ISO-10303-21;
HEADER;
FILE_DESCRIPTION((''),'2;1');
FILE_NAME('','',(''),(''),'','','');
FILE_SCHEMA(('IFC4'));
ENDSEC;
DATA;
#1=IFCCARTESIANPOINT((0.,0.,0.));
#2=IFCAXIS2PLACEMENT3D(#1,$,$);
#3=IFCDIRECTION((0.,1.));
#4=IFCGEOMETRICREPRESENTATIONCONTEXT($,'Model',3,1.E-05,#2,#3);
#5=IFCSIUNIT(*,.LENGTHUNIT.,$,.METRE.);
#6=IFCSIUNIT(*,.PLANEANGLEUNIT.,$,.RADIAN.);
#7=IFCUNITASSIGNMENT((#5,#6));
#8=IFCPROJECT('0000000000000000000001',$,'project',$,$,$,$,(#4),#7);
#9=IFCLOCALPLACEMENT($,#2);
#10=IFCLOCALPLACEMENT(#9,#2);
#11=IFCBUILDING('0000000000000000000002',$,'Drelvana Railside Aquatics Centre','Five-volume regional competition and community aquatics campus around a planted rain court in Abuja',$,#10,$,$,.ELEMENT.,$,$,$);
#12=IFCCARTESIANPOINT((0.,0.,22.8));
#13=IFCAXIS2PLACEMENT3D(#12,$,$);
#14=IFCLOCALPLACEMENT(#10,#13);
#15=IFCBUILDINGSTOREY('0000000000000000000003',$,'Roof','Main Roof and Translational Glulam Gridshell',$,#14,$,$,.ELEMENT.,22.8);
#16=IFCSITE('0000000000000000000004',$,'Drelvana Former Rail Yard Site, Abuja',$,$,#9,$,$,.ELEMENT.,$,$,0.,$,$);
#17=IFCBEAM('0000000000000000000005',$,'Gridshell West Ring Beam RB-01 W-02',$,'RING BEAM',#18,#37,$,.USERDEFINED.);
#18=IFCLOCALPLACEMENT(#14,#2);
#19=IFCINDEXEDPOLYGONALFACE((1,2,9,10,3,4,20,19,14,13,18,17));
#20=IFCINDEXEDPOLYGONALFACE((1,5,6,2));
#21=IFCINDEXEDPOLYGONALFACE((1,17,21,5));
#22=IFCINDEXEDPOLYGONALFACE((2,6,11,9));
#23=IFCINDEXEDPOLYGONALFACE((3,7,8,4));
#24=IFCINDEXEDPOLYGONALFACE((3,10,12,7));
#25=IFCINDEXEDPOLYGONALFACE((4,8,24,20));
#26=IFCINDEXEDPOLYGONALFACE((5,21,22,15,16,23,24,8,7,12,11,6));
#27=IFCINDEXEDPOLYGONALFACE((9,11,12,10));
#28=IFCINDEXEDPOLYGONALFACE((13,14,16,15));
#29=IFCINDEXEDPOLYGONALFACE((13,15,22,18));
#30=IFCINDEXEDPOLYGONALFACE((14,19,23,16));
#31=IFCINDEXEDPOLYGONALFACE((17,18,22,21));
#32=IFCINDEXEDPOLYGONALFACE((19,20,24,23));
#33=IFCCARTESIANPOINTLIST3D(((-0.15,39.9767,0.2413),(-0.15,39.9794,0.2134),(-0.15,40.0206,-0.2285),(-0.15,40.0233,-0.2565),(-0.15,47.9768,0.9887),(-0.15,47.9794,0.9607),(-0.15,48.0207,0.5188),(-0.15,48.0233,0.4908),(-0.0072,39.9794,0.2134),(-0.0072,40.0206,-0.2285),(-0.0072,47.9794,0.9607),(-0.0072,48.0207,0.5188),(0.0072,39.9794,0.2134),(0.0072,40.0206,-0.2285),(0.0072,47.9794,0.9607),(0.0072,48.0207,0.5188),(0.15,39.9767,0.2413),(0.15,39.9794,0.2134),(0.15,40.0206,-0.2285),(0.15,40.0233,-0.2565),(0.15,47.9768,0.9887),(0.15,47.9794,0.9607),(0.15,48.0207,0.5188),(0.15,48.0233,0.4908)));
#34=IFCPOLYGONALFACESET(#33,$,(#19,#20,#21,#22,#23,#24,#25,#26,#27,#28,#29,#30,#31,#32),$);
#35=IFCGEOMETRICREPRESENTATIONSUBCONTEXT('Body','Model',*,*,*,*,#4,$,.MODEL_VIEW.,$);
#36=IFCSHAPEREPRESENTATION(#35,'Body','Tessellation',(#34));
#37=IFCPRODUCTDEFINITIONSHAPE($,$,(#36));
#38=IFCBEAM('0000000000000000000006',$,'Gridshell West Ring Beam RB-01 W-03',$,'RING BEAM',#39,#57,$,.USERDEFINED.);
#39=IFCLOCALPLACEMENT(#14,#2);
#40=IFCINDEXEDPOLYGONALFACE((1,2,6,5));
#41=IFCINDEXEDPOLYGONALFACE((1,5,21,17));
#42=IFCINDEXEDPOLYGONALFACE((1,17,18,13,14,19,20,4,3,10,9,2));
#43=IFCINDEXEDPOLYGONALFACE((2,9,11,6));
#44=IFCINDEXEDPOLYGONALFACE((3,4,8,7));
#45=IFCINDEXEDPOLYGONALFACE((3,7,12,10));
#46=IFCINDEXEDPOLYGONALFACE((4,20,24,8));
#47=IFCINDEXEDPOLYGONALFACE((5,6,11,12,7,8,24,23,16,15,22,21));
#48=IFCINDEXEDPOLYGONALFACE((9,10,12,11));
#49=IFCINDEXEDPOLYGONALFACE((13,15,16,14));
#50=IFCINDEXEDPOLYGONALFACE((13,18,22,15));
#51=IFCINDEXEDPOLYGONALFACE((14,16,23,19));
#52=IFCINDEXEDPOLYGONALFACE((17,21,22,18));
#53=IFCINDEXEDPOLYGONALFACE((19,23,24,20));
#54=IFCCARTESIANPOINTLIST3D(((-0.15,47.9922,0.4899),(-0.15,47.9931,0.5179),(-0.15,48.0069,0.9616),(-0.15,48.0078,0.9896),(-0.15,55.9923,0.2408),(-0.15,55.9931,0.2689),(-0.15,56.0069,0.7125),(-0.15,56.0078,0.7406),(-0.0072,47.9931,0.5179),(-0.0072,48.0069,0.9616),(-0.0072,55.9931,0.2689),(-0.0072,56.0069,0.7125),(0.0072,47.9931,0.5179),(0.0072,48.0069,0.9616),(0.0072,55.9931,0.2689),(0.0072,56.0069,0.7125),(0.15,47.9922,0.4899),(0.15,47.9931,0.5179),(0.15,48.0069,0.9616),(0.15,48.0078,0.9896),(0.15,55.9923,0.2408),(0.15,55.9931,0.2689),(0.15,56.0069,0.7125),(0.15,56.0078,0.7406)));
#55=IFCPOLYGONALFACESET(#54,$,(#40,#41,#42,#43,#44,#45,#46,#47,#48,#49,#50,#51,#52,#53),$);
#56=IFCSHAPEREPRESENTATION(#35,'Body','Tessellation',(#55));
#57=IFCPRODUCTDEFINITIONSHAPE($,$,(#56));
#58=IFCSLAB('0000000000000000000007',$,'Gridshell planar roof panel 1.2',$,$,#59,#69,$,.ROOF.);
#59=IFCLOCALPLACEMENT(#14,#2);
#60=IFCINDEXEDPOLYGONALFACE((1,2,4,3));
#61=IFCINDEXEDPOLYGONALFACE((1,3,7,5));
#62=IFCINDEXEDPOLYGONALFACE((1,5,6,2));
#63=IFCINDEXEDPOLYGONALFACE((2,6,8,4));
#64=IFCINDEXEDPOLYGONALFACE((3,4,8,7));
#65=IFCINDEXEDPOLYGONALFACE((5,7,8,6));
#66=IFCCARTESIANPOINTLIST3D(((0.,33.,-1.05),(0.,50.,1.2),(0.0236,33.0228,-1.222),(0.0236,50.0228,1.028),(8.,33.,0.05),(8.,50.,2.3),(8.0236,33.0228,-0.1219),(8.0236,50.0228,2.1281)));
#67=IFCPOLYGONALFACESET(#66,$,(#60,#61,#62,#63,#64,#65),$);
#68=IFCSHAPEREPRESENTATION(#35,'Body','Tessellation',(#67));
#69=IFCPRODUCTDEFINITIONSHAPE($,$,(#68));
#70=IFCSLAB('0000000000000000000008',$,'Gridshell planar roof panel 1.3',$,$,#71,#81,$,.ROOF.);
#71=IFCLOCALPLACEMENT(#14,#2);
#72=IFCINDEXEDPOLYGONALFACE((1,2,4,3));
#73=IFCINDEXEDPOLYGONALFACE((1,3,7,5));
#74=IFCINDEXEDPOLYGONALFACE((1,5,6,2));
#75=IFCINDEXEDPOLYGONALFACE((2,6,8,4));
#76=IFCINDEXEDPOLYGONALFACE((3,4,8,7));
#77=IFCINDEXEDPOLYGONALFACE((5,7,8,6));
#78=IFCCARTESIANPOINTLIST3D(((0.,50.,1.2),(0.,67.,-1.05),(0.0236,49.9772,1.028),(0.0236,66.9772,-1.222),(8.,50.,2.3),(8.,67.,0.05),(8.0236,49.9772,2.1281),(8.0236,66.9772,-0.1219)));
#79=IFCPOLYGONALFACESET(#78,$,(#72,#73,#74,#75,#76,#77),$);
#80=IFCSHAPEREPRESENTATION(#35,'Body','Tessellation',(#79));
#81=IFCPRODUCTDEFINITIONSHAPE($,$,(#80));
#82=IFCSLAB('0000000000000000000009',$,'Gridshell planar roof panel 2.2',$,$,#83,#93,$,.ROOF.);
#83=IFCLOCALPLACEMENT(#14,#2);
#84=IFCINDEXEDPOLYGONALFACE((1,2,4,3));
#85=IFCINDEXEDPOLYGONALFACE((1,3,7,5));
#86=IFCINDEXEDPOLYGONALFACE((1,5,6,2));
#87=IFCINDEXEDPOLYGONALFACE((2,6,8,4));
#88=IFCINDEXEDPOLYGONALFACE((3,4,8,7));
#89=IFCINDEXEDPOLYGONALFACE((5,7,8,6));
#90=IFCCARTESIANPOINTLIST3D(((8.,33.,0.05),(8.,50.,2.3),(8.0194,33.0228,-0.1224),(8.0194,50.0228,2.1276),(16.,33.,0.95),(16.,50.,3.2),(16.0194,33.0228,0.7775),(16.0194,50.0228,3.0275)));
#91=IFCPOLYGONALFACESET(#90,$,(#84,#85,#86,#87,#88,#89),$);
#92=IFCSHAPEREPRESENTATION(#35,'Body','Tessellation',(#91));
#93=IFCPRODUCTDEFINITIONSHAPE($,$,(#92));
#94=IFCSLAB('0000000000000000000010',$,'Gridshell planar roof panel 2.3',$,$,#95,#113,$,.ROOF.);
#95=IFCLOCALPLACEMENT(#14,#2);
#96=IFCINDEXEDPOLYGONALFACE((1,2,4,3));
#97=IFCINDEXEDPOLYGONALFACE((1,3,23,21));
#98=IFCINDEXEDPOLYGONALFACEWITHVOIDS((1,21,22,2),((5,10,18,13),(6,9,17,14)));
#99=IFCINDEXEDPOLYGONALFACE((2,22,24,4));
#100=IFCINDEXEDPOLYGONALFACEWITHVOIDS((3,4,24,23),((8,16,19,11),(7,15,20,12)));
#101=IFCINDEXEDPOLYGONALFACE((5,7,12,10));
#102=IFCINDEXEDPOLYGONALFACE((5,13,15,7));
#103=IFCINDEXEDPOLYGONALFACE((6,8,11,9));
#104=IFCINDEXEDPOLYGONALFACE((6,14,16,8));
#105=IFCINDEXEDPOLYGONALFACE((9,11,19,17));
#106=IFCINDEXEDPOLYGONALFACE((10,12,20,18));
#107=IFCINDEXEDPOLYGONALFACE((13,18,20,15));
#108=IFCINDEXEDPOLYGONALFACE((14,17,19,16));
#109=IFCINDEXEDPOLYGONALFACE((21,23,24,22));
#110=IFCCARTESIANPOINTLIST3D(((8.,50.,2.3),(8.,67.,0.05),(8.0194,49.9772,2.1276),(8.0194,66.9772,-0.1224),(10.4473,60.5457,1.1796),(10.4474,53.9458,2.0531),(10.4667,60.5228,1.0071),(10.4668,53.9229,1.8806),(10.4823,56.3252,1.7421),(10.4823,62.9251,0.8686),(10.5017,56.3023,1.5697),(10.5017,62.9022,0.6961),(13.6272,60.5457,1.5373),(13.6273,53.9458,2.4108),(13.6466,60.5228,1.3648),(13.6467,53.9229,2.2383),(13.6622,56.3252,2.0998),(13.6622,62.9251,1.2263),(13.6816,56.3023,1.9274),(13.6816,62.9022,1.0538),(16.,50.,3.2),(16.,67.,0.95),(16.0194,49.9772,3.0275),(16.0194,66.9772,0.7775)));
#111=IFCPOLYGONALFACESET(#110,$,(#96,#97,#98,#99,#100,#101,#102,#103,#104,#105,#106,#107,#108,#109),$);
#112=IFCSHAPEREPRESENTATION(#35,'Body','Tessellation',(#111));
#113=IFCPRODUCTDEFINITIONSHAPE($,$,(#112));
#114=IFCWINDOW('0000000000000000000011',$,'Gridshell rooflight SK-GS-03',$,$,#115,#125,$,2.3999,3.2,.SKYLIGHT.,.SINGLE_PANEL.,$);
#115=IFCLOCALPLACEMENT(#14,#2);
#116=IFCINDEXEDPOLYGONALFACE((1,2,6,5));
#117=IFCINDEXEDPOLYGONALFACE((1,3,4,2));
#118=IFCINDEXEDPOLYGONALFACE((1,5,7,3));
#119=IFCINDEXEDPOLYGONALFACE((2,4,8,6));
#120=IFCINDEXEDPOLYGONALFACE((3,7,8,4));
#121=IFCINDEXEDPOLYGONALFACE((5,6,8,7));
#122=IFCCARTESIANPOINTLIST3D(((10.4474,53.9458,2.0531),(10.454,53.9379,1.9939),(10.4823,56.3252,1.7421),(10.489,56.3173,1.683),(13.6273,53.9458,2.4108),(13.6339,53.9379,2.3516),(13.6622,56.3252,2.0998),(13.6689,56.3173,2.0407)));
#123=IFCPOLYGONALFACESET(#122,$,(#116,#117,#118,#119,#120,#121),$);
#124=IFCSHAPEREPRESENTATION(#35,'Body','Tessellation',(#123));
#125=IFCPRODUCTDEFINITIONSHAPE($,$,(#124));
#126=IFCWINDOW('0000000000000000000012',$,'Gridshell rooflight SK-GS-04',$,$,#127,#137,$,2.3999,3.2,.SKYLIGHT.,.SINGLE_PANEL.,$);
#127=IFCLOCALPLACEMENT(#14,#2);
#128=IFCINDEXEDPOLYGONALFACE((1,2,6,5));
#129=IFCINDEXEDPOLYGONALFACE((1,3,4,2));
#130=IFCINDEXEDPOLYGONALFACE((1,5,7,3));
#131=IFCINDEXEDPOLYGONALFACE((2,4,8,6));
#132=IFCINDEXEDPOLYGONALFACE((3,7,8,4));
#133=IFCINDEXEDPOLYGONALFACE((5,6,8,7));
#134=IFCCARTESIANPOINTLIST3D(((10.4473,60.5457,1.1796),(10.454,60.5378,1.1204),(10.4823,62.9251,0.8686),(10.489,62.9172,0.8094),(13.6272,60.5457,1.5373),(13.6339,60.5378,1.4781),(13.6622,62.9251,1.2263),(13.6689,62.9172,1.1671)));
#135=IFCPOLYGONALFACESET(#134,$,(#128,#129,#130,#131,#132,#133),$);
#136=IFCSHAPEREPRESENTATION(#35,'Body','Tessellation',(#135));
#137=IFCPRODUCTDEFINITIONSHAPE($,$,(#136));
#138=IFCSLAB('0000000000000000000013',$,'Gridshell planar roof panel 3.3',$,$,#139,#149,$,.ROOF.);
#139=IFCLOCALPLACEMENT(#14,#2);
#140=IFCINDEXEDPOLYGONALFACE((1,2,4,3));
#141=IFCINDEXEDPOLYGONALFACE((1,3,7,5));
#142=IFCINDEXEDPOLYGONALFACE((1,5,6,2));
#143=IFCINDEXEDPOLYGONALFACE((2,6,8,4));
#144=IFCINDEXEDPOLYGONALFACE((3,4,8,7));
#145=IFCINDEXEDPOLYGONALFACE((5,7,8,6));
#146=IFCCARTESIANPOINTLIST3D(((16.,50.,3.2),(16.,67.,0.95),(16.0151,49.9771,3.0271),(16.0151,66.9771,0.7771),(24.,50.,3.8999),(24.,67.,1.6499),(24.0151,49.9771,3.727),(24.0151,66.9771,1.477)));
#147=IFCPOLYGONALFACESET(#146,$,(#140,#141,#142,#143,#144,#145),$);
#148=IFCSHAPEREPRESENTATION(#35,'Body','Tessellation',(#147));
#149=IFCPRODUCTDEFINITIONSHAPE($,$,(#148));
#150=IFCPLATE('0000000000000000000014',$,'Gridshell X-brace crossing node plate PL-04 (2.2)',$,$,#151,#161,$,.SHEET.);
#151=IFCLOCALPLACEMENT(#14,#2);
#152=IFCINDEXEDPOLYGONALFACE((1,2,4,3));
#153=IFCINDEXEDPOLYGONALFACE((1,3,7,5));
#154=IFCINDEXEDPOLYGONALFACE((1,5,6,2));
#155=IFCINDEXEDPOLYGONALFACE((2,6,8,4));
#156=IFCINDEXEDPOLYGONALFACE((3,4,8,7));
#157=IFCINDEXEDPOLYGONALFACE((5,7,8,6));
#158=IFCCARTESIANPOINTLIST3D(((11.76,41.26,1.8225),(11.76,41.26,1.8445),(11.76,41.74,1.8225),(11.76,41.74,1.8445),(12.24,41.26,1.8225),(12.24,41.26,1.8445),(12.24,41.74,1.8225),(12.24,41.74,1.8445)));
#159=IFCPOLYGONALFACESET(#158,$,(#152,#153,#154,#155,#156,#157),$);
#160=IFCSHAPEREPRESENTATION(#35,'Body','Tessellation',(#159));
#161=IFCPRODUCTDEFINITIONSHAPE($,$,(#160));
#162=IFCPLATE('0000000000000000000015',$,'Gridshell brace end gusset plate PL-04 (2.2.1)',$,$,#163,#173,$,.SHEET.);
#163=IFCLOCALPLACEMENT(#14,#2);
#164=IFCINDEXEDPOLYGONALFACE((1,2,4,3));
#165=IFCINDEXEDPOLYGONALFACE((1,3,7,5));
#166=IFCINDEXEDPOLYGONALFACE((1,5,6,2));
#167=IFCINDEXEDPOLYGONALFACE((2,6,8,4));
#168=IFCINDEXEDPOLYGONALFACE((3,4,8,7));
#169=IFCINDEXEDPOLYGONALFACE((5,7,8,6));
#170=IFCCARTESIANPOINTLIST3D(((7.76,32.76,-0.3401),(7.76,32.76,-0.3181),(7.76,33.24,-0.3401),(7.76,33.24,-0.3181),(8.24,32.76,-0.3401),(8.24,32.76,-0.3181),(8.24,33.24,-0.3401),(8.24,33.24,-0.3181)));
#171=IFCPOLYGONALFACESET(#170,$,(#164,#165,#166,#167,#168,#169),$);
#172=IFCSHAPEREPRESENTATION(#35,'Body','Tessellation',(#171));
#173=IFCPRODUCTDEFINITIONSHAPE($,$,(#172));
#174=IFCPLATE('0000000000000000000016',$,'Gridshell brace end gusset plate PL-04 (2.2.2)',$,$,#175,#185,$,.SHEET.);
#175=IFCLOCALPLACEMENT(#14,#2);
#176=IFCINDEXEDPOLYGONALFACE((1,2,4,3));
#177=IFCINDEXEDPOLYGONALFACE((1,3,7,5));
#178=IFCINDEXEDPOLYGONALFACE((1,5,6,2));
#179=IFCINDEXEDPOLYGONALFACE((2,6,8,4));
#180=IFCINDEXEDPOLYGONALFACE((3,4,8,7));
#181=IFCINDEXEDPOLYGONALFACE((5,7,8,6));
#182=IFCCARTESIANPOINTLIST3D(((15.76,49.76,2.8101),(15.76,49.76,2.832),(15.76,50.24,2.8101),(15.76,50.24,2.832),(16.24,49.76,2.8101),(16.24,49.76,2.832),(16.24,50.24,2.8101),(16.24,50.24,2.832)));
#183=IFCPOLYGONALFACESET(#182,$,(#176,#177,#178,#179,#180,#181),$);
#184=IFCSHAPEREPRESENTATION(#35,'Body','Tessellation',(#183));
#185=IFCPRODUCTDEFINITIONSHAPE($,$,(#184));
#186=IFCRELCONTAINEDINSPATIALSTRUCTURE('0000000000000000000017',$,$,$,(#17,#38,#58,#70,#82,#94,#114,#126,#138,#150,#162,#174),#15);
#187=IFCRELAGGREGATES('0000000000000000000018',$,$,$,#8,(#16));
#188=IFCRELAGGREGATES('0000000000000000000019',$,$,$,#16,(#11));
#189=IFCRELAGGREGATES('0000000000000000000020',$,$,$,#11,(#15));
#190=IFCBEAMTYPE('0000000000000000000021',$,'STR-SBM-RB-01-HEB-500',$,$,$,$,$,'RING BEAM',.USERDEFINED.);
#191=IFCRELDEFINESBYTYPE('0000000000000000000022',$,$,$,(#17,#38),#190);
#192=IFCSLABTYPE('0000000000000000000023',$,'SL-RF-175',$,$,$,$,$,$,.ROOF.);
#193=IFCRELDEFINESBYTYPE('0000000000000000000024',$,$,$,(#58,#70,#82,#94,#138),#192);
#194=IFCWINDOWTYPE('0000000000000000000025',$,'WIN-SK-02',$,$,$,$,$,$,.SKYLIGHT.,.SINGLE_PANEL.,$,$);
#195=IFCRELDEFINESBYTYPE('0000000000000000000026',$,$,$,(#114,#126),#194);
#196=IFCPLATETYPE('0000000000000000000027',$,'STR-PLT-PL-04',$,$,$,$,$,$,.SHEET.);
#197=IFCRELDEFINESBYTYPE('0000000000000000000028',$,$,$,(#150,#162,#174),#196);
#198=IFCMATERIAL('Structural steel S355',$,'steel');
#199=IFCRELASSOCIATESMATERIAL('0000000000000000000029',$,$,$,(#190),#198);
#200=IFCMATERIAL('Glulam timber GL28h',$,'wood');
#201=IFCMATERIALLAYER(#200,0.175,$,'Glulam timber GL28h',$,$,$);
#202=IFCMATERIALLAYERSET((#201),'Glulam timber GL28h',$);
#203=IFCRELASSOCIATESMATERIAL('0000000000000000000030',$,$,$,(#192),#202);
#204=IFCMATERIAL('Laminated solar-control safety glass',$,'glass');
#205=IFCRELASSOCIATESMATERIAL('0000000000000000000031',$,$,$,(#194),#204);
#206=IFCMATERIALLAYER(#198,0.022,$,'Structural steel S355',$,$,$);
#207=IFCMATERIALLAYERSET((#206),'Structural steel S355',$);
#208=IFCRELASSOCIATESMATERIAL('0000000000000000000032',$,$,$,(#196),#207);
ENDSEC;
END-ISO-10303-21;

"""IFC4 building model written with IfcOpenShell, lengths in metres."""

from ifc_helpers import new_model, si_unit, direction, frame, origin, origin_2d, place, context, subcontext, project, spatial, polyline, rectangle, i_section, outline, extrude, material, layer, layer_set, material_profile, profile_set, type_object, element, fill, save


model = new_model("IFC4")

# Units and contexts
model_context = context("Model", 3, precision=1e-05, world=origin(), true_north=direction((0.0, 1.0)))
body_context = subcontext(model_context, "Body", "Model", "MODEL_VIEW")
ifc_project = project(units=[si_unit("LENGTHUNIT", "METRE"), si_unit("PLANEANGLEUNIT", "RADIAN")], contexts=[model_context])

# Site, building, storey
site_placement = place(None, origin())
site = spatial("IfcSite", under=ifc_project, at=site_placement, Name="Drelvana Former Rail Yard Site, Abuja", CompositionType="ELEMENT", RefElevation=0.0)
building_placement = place(site_placement, origin())
building = spatial("IfcBuilding", under=site, at=building_placement, Name="Drelvana Railside Aquatics Centre", Description="Five-volume regional competition and community aquatics campus around a planted rain court in Abuja", CompositionType="ELEMENT")
storey_placement = place(building_placement, frame((0.0, 0.0, 22.8)))
storey = spatial("IfcBuildingStorey", under=building, at=storey_placement, Name="Roof", Description="Main Roof and Translational Glulam Gridshell", CompositionType="ELEMENT", Elevation=22.8)

# Shared definitions
ifc_material_1 = material(Name="Glulam timber GL28h", Category="wood")

# Beams
ifc_material_2 = material(Name="Structural steel S355", Category="steel")
ifc_material_profile_1 = material_profile(ifc_material_2, i_section(OverallWidth=0.3, OverallDepth=0.5, WebThickness=0.0144, FlangeThickness=0.0281, at=origin_2d()), Name="HEB 500")
ifc_profile_set_1 = profile_set([ifc_material_profile_1], Name="Structural steel S355")
beam_type_1 = type_object("IfcBeamType", Name="STR-SBM-RB-01-HEB-500", ElementType="RING BEAM", PredefinedType="USERDEFINED", material=ifc_profile_set_1)
beam_1_placement = place(storey_placement, frame((0.0, 40.0, -0.0076), z_axis=(0.0, 0.995665, 0.093009), x_axis=(-1.0, 0.0, 0.0)))
element("IfcBeam", 1, at=beam_1_placement, inside=storey, type_object=beam_type_1, Name="Gridshell West Ring Beam RB-01 W-02", ObjectType="RING BEAM", PredefinedType="USERDEFINED", context=body_context, shape_type="SweptSolid", body=[
    extrude(i_section(OverallWidth=0.3, OverallDepth=0.5, WebThickness=0.0144, FlangeThickness=0.0281, at=origin_2d()), origin(), (0.0, 0.0, 1.0), 8.0349),
])
beam_2_placement = place(storey_placement, frame((0.0, 48.0, 0.7397), z_axis=(0.0, 0.999516, -0.031113), x_axis=(-1.0, 0.0, 0.0)))
element("IfcBeam", 2, at=beam_2_placement, inside=storey, type_object=beam_type_1, Name="Gridshell West Ring Beam RB-01 W-03", ObjectType="RING BEAM", PredefinedType="USERDEFINED", context=body_context, shape_type="SweptSolid", body=[
    extrude(i_section(OverallWidth=0.3, OverallDepth=0.5, WebThickness=0.0144, FlangeThickness=0.0281, at=origin_2d()), origin(), (0.0, 0.0, 1.0), 8.0039),
])

# Slabs
ifc_layer_1 = layer(ifc_material_1, 0.175, Name="Glulam timber GL28h")
ifc_layer_set_1 = layer_set([ifc_layer_1], Name="Glulam timber GL28h")
slab_type = type_object("IfcSlabType", Name="SL-RF-175", PredefinedType="ROOF", material=ifc_layer_set_1)
slab_1_placement = place(storey_placement, frame((0.0, 33.0, -1.05), z_axis=(-0.135074, -0.130006, 0.98227), x_axis=(0.990677, 0.0, 0.13623)))
element("IfcSlab", 3, at=slab_1_placement, inside=storey, type_object=slab_type, Name="Gridshell planar roof panel 1.2", PredefinedType="ROOF", context=body_context, shape_type="SweptSolid", body=[
    extrude(outline(polyline([(0.0, 0.0), (8.0753, 0.0), (8.3818, 17.1455), (0.3065, 17.1455), (0.0, 0.0)])), origin(), (0.0, 0.0, -1.0), 0.175),
])
slab_2_placement = place(storey_placement, frame((0.0, 50.0, 1.2), z_axis=(-0.135074, 0.130006, 0.98227), x_axis=(0.990677, 0.0, 0.13623)))
element("IfcSlab", 4, at=slab_2_placement, inside=storey, type_object=slab_type, Name="Gridshell planar roof panel 1.3", PredefinedType="ROOF", context=body_context, shape_type="SweptSolid", body=[
    extrude(outline(polyline([(0.0, 0.0), (8.0753, 0.0), (7.7688, 17.1455), (-0.3065, 17.1455), (0.0, 0.0)])), origin(), (0.0, 0.0, -1.0), 0.175),
])
slab_3_placement = place(storey_placement, frame((8.0, 33.0, 0.05), z_axis=(-0.110828, -0.1304, 0.985248), x_axis=(0.993733, 0.0, 0.111783)))
element("IfcSlab", 5, at=slab_3_placement, inside=storey, type_object=slab_type, Name="Gridshell planar roof panel 2.2", PredefinedType="ROOF", context=body_context, shape_type="SweptSolid", body=[
    extrude(outline(polyline([(0.0, 0.0), (8.0505, 0.0), (8.302, 17.1464), (0.2515, 17.1464), (0.0, 0.0)])), origin(), (0.0, 0.0, -1.0), 0.175),
])

# Slab, openings, windows
slab_4_placement = place(storey_placement, frame((8.0, 50.0, 2.3), z_axis=(-0.110828, 0.1304, 0.985248), x_axis=(0.993733, 0.0, 0.111783)))
slab_4 = element("IfcSlab", 6, at=slab_4_placement, inside=storey, type_object=slab_type, Name="Gridshell planar roof panel 2.3", PredefinedType="ROOF", context=body_context, shape_type="SweptSolid", body=[
    extrude(outline(polyline([(0.0, 0.0), (8.0505, 0.0), (7.7989, 17.1464), (-0.2515, 17.1464), (0.0, 0.0)])), origin(), (0.0, 0.0, -1.0), 0.175),
])
opening_1_placement = place(slab_4_placement, frame((4.0044, 5.1797, 0.01)))
opening_1 = element("IfcOpeningElement", 7, at=opening_1_placement, cuts=slab_4, PredefinedType="OPENING", context=body_context, shape_type="SweptSolid", body=[
    extrude(rectangle(XDim=3.2, YDim=2.3999, at=origin_2d()), origin(), (0.0, 0.0, -1.0), 0.1951),
])
opening_2_placement = place(slab_4_placement, frame((3.9067, 11.8364, 0.01)))
opening_2 = element("IfcOpeningElement", 8, at=opening_2_placement, cuts=slab_4, PredefinedType="OPENING", context=body_context, shape_type="SweptSolid", body=[
    extrude(rectangle(XDim=3.2, YDim=2.3999, at=origin_2d()), origin(), (0.0, 0.0, -1.0), 0.1951),
])
ifc_material_3 = material(Name="Laminated solar-control safety glass", Category="glass")
window_type = type_object("IfcWindowType", Name="WIN-SK-02", PartitioningType="SINGLE_PANEL", PredefinedType="SKYLIGHT", material=ifc_material_3)
window_1_placement = place(slab_4_placement, frame((4.0044, 5.1797, 0.0)))
window_1 = element("IfcWindow", 9, at=window_1_placement, inside=storey, type_object=window_type, Name="Gridshell rooflight SK-GS-03", OverallHeight=2.3999, OverallWidth=3.2, PartitioningType="SINGLE_PANEL", PredefinedType="SKYLIGHT", context=body_context, shape_type="SweptSolid", body=[
    extrude(rectangle(XDim=3.2, YDim=2.3999, at=origin_2d()), origin(), (0.0, 0.0, -1.0), 0.0601),
])
fill(opening_1, window_1)
window_2_placement = place(slab_4_placement, frame((3.9067, 11.8364, 0.0)))
window_2 = element("IfcWindow", 10, at=window_2_placement, inside=storey, type_object=window_type, Name="Gridshell rooflight SK-GS-04", OverallHeight=2.3999, OverallWidth=3.2, PartitioningType="SINGLE_PANEL", PredefinedType="SKYLIGHT", context=body_context, shape_type="SweptSolid", body=[
    extrude(rectangle(XDim=3.2, YDim=2.3999, at=origin_2d()), origin(), (0.0, 0.0, -1.0), 0.0601),
])
fill(opening_2, window_2)

# Slab
slab_5_placement = place(storey_placement, frame((16.0, 50.0, 3.2), z_axis=(-0.086413, 0.130718, 0.987647), x_axis=(0.996194, 0.0, 0.087161)))
element("IfcSlab", 11, at=slab_5_placement, inside=storey, type_object=slab_type, Name="Gridshell planar roof panel 3.3", PredefinedType="ROOF", context=body_context, shape_type="SweptSolid", body=[
    extrude(outline(polyline([(0.0, 0.0), (8.0306, 0.0), (7.8345, 17.1471), (-0.1961, 17.1471), (0.0, 0.0)])), origin(), (0.0, 0.0, -1.0), 0.175),
])

# Plates
ifc_layer_2 = layer(ifc_material_2, 0.022, Name="Structural steel S355")
ifc_layer_set_2 = layer_set([ifc_layer_2], Name="Structural steel S355")
plate_type = type_object("IfcPlateType", Name="STR-PLT-PL-04", PredefinedType="SHEET", material=ifc_layer_set_2)
for number, where, z_axis, x_axis, name in (
    (12, (12.0, 41.5, 1.8225), (0.0, 0.0, 1.0), (1.0, 0.0, 0.0), "Gridshell X-brace crossing node plate PL-04 (2.2)"),
    (13, (8.0, 33.0, -0.3401), (0.0, 0.0, 1.0), (1.0, 0.0, 0.0), "Gridshell brace end gusset plate PL-04 (2.2.1)"),
    (14, (16.0, 50.0, 2.8101), (0.0, 0.0, 1.0), (1.0, 0.0, 0.0), "Gridshell brace end gusset plate PL-04 (2.2.2)"),
):
    element("IfcPlate", number, at=place(storey_placement, frame(where, z_axis=z_axis, x_axis=x_axis)), inside=storey, type_object=plate_type, Name=name, PredefinedType="SHEET", context=body_context, shape_type="SweptSolid", body=[
        extrude(rectangle(XDim=0.48, YDim=0.48, at=origin_2d()), origin(), (0.0, 0.0, 1.0), 0.022),
    ])

save(model, "model.ifc")
